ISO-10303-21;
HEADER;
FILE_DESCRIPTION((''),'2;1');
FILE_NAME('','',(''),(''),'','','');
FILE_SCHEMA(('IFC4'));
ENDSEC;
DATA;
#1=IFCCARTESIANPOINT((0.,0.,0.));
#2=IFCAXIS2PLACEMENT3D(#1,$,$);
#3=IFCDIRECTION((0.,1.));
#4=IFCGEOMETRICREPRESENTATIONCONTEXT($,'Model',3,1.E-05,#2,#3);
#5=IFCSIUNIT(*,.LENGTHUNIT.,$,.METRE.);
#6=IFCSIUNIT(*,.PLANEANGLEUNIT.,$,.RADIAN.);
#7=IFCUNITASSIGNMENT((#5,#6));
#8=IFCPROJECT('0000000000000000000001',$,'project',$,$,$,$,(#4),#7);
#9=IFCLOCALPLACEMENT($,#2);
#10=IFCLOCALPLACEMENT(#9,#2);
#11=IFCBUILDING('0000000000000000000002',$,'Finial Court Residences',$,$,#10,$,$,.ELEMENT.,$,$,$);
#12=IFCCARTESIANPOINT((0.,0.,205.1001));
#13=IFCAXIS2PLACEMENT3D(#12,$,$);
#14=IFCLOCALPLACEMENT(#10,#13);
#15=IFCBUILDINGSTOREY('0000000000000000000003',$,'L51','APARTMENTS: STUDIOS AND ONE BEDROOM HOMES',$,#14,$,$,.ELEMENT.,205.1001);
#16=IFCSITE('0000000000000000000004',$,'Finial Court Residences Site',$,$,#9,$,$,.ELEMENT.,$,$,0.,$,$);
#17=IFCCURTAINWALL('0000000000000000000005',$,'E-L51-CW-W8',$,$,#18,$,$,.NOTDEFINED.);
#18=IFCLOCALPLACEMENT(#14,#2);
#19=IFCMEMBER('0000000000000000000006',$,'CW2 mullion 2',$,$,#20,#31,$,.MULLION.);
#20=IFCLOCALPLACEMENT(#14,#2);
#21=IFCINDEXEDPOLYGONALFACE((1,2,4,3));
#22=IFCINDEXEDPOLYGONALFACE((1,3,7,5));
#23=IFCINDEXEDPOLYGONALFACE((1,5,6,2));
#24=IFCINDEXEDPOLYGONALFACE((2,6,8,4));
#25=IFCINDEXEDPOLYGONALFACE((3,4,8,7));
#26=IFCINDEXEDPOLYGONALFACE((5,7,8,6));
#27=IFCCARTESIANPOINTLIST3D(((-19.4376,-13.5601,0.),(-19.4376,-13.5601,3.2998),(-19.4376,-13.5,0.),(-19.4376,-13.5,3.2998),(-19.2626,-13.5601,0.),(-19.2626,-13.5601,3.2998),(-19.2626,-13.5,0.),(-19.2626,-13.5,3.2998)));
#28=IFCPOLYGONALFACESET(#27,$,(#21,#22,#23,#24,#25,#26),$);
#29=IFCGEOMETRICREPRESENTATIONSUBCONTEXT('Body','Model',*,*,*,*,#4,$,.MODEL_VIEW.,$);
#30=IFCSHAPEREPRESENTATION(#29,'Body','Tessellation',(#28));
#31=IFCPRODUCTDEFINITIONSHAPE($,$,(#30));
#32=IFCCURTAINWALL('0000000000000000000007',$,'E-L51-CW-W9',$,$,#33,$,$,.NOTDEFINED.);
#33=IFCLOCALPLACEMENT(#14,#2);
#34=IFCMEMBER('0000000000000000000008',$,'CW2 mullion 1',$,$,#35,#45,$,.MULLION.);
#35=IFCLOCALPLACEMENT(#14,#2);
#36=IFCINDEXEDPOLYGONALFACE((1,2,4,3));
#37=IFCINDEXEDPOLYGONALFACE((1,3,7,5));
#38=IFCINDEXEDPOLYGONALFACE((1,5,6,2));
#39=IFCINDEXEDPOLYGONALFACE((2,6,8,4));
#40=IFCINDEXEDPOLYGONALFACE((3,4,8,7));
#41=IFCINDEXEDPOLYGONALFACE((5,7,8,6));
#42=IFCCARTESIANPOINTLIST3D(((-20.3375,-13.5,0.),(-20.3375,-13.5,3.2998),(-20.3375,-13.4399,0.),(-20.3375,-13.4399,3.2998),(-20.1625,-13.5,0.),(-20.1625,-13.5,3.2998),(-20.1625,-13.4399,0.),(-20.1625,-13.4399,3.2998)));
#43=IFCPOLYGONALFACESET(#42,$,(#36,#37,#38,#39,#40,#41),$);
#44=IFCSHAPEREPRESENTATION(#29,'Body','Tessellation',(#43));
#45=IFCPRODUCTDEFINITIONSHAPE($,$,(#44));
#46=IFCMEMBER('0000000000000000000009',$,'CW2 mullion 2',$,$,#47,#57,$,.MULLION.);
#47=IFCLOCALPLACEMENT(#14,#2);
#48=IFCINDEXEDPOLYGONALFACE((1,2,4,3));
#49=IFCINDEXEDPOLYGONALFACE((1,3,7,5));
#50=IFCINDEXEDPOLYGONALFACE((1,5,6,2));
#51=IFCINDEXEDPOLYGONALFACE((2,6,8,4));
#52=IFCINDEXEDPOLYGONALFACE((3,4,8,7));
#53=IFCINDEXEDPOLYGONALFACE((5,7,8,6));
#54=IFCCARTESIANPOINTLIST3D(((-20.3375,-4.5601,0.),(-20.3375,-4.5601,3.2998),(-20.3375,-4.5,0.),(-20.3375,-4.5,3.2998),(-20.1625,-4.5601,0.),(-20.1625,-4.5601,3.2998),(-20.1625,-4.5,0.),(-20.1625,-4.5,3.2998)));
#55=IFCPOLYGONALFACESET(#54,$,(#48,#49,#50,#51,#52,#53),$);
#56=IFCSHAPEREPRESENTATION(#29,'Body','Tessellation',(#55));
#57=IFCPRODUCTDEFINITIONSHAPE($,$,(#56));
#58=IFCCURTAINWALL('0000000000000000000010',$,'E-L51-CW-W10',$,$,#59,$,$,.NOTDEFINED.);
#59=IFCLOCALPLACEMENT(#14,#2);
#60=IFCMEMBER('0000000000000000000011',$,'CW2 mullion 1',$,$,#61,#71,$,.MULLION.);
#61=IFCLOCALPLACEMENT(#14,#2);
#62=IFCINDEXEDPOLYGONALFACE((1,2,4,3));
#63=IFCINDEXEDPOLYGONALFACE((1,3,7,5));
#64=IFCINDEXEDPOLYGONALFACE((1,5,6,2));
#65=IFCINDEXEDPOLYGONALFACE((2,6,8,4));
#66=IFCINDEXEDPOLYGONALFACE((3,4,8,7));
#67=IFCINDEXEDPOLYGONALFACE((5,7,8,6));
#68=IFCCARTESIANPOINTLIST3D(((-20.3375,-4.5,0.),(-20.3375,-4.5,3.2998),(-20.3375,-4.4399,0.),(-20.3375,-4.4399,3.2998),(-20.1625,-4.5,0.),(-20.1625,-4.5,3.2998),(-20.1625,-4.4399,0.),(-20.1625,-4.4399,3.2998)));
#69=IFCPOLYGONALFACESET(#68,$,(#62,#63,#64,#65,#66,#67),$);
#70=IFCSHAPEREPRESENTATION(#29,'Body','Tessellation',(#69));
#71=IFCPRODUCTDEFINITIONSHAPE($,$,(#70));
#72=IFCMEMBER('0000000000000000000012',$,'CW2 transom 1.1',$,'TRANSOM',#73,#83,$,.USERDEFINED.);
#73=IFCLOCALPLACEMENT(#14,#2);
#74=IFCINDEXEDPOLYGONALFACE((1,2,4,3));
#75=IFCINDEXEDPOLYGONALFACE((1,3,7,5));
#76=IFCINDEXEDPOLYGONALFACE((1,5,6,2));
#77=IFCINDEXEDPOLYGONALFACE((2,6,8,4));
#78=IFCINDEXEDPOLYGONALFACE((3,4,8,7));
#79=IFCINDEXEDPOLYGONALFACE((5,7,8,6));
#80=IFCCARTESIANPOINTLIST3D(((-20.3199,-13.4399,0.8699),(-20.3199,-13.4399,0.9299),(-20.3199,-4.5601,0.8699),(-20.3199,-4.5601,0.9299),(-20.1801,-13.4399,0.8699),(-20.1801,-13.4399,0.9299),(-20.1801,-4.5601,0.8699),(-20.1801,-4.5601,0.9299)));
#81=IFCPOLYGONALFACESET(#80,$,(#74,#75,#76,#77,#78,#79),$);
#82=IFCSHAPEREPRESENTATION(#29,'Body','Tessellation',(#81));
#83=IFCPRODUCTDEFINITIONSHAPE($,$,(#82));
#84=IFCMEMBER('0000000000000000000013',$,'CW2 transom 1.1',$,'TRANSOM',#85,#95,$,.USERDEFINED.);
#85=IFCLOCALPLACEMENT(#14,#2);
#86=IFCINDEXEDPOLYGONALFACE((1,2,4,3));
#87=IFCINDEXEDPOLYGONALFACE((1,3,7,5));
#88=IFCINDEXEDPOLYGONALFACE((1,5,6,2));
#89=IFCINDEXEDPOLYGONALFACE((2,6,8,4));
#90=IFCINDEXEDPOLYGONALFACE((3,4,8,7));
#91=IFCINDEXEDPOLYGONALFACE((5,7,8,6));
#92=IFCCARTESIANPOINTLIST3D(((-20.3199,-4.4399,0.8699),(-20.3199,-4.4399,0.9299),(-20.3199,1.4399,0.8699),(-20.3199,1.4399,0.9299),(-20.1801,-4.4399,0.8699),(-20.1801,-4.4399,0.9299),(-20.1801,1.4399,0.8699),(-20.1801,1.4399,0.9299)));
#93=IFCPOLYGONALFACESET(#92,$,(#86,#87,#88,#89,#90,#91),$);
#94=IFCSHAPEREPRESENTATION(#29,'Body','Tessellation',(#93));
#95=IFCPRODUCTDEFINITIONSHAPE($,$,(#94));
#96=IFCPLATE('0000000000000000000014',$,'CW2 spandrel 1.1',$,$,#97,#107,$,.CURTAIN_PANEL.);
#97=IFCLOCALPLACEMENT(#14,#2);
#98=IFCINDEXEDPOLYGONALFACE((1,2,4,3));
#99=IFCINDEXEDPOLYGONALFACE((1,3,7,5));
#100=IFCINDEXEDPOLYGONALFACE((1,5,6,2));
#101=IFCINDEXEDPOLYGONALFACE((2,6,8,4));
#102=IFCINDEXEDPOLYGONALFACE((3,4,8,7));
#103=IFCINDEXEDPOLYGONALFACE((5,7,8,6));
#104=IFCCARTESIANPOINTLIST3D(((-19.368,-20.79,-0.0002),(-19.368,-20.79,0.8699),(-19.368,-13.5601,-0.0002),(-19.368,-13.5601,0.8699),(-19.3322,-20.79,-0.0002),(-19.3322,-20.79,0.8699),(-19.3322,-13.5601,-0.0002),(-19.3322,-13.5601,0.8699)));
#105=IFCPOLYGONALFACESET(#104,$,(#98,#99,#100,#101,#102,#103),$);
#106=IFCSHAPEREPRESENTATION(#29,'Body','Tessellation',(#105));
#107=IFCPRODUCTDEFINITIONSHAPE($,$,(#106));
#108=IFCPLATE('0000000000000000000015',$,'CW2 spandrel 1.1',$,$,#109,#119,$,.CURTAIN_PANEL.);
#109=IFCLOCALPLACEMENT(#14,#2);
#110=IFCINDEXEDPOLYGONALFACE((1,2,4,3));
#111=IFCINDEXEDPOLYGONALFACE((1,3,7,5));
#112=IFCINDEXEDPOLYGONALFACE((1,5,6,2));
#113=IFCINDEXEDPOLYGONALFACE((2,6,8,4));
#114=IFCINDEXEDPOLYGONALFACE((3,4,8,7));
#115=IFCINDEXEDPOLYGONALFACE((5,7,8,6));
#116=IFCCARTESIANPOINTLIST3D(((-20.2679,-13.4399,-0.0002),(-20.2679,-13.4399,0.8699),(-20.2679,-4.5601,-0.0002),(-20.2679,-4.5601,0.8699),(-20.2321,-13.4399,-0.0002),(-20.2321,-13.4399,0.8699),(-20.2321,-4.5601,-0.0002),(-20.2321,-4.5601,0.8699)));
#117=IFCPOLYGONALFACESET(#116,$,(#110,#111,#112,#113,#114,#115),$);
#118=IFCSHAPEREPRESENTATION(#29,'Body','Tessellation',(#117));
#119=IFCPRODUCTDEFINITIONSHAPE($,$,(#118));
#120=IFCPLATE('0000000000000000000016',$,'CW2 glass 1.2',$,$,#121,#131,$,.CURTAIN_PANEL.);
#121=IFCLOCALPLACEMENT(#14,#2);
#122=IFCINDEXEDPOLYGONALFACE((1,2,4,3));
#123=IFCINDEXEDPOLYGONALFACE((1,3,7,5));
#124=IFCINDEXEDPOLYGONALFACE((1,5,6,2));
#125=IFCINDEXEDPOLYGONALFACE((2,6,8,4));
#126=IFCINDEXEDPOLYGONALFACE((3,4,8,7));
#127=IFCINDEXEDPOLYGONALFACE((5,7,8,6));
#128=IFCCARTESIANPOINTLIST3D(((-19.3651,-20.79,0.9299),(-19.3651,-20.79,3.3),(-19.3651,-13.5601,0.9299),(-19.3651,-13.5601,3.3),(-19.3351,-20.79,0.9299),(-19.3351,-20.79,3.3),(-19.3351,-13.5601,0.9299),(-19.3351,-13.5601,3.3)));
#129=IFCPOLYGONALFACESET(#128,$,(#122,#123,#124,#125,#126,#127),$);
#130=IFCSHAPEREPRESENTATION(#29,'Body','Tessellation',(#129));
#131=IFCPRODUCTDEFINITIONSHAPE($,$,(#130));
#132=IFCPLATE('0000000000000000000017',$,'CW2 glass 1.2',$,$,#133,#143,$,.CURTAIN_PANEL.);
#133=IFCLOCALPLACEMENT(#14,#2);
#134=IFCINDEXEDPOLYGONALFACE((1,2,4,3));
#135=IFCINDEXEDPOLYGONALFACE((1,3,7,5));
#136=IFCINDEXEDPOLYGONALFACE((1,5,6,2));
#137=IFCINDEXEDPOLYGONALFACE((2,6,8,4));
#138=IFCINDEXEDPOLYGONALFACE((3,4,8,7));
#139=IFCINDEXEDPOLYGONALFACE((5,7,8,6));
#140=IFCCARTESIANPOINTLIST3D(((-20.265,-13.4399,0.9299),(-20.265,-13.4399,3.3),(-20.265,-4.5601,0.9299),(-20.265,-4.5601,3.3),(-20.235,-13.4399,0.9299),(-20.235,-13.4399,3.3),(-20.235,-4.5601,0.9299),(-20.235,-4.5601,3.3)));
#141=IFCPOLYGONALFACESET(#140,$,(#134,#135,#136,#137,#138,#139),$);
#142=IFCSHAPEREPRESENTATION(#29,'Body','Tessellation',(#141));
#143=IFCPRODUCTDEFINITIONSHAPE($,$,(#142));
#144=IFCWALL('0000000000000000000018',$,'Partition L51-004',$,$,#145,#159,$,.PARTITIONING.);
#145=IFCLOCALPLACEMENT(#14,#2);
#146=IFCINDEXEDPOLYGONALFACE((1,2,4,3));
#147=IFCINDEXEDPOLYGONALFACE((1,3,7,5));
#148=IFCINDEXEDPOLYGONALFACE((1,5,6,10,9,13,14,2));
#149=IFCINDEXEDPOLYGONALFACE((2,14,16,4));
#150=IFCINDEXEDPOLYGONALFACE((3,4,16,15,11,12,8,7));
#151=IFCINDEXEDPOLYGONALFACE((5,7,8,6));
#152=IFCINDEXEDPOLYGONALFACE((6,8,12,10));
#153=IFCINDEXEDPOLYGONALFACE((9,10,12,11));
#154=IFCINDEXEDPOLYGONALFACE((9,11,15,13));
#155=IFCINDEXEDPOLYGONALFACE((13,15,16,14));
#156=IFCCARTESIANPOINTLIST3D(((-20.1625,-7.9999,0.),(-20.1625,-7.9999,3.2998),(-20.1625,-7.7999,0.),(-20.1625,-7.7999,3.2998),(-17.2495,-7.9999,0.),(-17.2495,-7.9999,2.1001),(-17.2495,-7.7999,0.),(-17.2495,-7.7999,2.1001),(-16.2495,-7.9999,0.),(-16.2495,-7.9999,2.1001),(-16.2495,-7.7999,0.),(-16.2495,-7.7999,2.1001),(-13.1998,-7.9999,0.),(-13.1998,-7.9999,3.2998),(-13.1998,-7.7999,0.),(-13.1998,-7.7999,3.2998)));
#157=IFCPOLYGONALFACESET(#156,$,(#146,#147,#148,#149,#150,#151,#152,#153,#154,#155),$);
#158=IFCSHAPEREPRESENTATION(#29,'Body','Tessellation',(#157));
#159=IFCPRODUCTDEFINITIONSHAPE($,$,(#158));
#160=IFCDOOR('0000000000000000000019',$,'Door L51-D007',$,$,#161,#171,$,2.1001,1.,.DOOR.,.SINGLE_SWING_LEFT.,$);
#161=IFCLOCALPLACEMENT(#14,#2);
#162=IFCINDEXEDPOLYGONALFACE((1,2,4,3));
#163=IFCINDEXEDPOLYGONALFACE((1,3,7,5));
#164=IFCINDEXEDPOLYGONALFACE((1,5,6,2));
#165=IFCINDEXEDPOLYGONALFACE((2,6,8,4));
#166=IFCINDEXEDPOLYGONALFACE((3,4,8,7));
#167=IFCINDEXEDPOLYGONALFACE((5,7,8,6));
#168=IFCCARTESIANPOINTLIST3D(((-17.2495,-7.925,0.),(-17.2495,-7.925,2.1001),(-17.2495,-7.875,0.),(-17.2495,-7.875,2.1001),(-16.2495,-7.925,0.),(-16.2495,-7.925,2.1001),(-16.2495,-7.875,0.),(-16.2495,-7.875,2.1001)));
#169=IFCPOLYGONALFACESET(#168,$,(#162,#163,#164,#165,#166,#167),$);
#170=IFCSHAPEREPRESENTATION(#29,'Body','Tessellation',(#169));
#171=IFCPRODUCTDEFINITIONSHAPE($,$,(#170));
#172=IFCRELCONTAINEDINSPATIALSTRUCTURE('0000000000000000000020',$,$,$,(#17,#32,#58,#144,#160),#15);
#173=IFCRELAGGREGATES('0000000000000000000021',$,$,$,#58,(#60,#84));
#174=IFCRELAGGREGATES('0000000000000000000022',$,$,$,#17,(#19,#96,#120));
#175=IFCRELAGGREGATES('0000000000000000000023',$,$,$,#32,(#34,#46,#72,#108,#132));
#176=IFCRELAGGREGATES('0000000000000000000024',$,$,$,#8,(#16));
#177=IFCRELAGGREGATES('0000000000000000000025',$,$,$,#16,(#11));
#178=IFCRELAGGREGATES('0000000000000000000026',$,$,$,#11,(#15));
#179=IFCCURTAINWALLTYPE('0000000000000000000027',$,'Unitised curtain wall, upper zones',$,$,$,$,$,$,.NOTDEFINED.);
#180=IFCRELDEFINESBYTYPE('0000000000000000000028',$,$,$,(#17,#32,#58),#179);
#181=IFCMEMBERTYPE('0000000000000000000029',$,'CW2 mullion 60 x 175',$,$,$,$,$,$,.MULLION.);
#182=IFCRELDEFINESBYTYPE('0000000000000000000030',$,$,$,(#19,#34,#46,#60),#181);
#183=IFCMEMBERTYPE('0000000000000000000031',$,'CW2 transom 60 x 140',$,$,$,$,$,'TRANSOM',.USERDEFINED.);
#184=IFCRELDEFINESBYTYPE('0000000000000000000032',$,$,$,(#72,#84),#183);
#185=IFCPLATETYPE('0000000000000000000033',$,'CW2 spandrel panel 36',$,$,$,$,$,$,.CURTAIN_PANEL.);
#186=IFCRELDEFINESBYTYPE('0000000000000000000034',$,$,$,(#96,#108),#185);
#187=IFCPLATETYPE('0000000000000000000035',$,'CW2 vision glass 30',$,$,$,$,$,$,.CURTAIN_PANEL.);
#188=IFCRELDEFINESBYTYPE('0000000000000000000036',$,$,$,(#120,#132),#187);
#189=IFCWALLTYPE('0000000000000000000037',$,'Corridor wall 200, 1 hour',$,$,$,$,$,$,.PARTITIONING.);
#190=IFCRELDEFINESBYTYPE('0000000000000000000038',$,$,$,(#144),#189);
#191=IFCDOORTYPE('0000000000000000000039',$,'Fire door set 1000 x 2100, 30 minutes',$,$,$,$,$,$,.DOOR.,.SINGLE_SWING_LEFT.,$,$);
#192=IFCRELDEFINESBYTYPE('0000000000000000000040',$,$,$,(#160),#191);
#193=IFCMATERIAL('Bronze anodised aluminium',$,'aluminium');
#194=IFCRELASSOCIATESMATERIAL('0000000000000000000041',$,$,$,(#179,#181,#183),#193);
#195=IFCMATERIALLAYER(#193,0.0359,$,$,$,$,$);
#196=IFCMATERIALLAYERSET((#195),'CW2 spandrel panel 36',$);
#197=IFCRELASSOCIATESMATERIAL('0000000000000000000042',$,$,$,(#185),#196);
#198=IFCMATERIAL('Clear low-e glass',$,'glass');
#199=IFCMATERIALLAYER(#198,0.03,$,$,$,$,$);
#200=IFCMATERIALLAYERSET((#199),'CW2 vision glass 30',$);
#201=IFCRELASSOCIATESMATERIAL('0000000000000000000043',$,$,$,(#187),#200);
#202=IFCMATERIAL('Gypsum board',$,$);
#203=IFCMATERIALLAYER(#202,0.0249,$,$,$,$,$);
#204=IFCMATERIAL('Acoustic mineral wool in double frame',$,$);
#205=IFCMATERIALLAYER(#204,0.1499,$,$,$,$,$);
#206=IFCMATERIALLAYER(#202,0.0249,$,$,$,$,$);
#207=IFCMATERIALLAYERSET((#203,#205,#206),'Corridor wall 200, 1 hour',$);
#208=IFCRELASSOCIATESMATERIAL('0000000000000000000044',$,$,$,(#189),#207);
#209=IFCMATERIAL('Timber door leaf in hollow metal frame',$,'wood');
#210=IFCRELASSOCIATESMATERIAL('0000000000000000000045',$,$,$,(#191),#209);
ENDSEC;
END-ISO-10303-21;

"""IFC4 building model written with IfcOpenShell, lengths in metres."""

from ifc_helpers import new_model, si_unit, direction, frame, frame_2d, origin, origin_2d, place, context, subcontext, project, spatial, rectangle, extrude, material, layer, layer_set, material_profile, profile_set, type_object, element, fill, aggregate, save


model = new_model("IFC4")

# Units and contexts
model_context = context("Model", 3, precision=1e-05, world=origin(), true_north=direction((0.0, 1.0)))
body_context = subcontext(model_context, "Body", "Model", "MODEL_VIEW")
ifc_project = project(units=[si_unit("LENGTHUNIT", "METRE"), si_unit("PLANEANGLEUNIT", "RADIAN")], contexts=[model_context])

# Site, building, storey
site_placement = place(None, origin())
site = spatial("IfcSite", under=ifc_project, at=site_placement, Name="Finial Court Residences Site", CompositionType="ELEMENT", RefElevation=0.0)
building_placement = place(site_placement, origin())
building = spatial("IfcBuilding", under=site, at=building_placement, Name="Finial Court Residences", CompositionType="ELEMENT")
storey_placement = place(building_placement, frame((0.0, 0.0, 205.1001)))
storey = spatial("IfcBuildingStorey", under=building, at=storey_placement, Name="L51", Description="APARTMENTS: STUDIOS AND ONE BEDROOM HOMES", CompositionType="ELEMENT", Elevation=205.1001)

# Curtain wall, member
ifc_material_1 = material(Name="Bronze anodised aluminium", Category="aluminium")
curtain_wall_type = type_object("IfcCurtainWallType", Name="Unitised curtain wall, upper zones", PredefinedType="NOTDEFINED", material=ifc_material_1)
curtain_wall_1_placement = place(storey_placement, origin())
curtain_wall_1 = element("IfcCurtainWall", 1, at=curtain_wall_1_placement, inside=storey, type_object=curtain_wall_type, Name="E-L51-CW-W8", PredefinedType="NOTDEFINED")
ifc_material_profile_1 = material_profile(ifc_material_1, rectangle(XDim=0.175, YDim=0.0601, at=origin_2d()), Name="CW2 mullion 60 x 175")
ifc_profile_set_1 = profile_set([ifc_material_profile_1], Name="Bronze anodised aluminium")
member_type_1 = type_object("IfcMemberType", Name="CW2 mullion 60 x 175", PredefinedType="MULLION", material=ifc_profile_set_1)
member_1_placement = place(storey_placement, frame((-19.3501, -13.53, 0.0), z_axis=(0.0, 0.0, 1.0), x_axis=(-1.0, 0.0, 0.0)))
member_1 = element("IfcMember", 2, at=member_1_placement, type_object=member_type_1, Name="CW2 mullion 2", PredefinedType="MULLION", context=body_context, shape_type="SweptSolid", body=[
    extrude(rectangle(XDim=0.175, YDim=0.0601, at=origin_2d()), origin(), (0.0, 0.0, 1.0), 3.2998),
])

# Curtain wall, members
curtain_wall_2_placement = place(storey_placement, origin())
curtain_wall_2 = element("IfcCurtainWall", 3, at=curtain_wall_2_placement, inside=storey, type_object=curtain_wall_type, Name="E-L51-CW-W9", PredefinedType="NOTDEFINED")
member_2_placement = place(storey_placement, frame((-20.25, -13.47, 0.0), z_axis=(0.0, 0.0, 1.0), x_axis=(-1.0, 0.0, 0.0)))
member_2 = element("IfcMember", 4, at=member_2_placement, type_object=member_type_1, Name="CW2 mullion 1", PredefinedType="MULLION", context=body_context, shape_type="SweptSolid", body=[
    extrude(rectangle(XDim=0.175, YDim=0.0601, at=origin_2d()), origin(), (0.0, 0.0, 1.0), 3.2998),
])
member_3_placement = place(storey_placement, frame((-20.25, -4.53, 0.0), z_axis=(0.0, 0.0, 1.0), x_axis=(-1.0, 0.0, 0.0)))
member_3 = element("IfcMember", 5, at=member_3_placement, type_object=member_type_1, Name="CW2 mullion 2", PredefinedType="MULLION", context=body_context, shape_type="SweptSolid", body=[
    extrude(rectangle(XDim=0.175, YDim=0.0601, at=origin_2d()), origin(), (0.0, 0.0, 1.0), 3.2998),
])

# Curtain wall, member
curtain_wall_3_placement = place(storey_placement, origin())
curtain_wall_3 = element("IfcCurtainWall", 6, at=curtain_wall_3_placement, inside=storey, type_object=curtain_wall_type, Name="E-L51-CW-W10", PredefinedType="NOTDEFINED")
member_4_placement = place(storey_placement, frame((-20.25, -4.47, 0.0), z_axis=(0.0, 0.0, 1.0), x_axis=(-1.0, 0.0, 0.0)))
member_4 = element("IfcMember", 7, at=member_4_placement, type_object=member_type_1, Name="CW2 mullion 1", PredefinedType="MULLION", context=body_context, shape_type="SweptSolid", body=[
    extrude(rectangle(XDim=0.175, YDim=0.0601, at=origin_2d()), origin(), (0.0, 0.0, 1.0), 3.2998),
])

# Members
ifc_material_profile_2 = material_profile(ifc_material_1, rectangle(XDim=0.1399, YDim=0.0601, at=origin_2d()), Name="CW2 transom 60 x 140")
ifc_profile_set_2 = profile_set([ifc_material_profile_2], Name="Bronze anodised aluminium")
member_type_2 = type_object("IfcMemberType", Name="CW2 transom 60 x 140", ElementType="TRANSOM", PredefinedType="USERDEFINED", material=ifc_profile_set_2)
member_5_placement = place(storey_placement, frame((-20.25, -13.4399, 0.8999), z_axis=(0.0, 1.0, 0.0), x_axis=(-1.0, 0.0, 0.0)))
member_5 = element("IfcMember", 8, at=member_5_placement, type_object=member_type_2, Name="CW2 transom 1.1", ObjectType="TRANSOM", PredefinedType="USERDEFINED", context=body_context, shape_type="SweptSolid", body=[
    extrude(rectangle(XDim=0.1399, YDim=0.0601, at=origin_2d()), origin(), (0.0, 0.0, 1.0), 8.8799),
])
member_6_placement = place(storey_placement, frame((-20.25, -4.4399, 0.8999), z_axis=(0.0, 1.0, 0.0), x_axis=(-1.0, 0.0, 0.0)))
member_6 = element("IfcMember", 9, at=member_6_placement, type_object=member_type_2, Name="CW2 transom 1.1", ObjectType="TRANSOM", PredefinedType="USERDEFINED", context=body_context, shape_type="SweptSolid", body=[
    extrude(rectangle(XDim=0.1399, YDim=0.0601, at=origin_2d()), origin(), (0.0, 0.0, 1.0), 5.8799),
])
aggregate(curtain_wall_3, [member_4, member_6])

# Plates
ifc_layer_1 = layer(ifc_material_1, 0.0359)
ifc_layer_set_1 = layer_set([ifc_layer_1], Name="CW2 spandrel panel 36")
plate_type_1 = type_object("IfcPlateType", Name="CW2 spandrel panel 36", PredefinedType="CURTAIN_PANEL", material=ifc_layer_set_1)
plate_1_placement = place(storey_placement, frame((-19.3501, -17.175, -0.0002), z_axis=(0.0, 0.0, 1.0), x_axis=(0.0, 1.0, 0.0)))
plate_1 = element("IfcPlate", 10, at=plate_1_placement, type_object=plate_type_1, Name="CW2 spandrel 1.1", PredefinedType="CURTAIN_PANEL", context=body_context, shape_type="SweptSolid", body=[
    extrude(rectangle(XDim=7.23, YDim=0.0359, at=origin_2d()), origin(), (0.0, 0.0, 1.0), 0.8701),
])
plate_2_placement = place(storey_placement, frame((-20.25, -9.0, -0.0002), z_axis=(0.0, 0.0, 1.0), x_axis=(0.0, 1.0, 0.0)))
plate_2 = element("IfcPlate", 11, at=plate_2_placement, type_object=plate_type_1, Name="CW2 spandrel 1.1", PredefinedType="CURTAIN_PANEL", context=body_context, shape_type="SweptSolid", body=[
    extrude(rectangle(XDim=8.8799, YDim=0.0359, at=origin_2d()), origin(), (0.0, 0.0, 1.0), 0.8701),
])
ifc_material_2 = material(Name="Clear low-e glass", Category="glass")
ifc_layer_2 = layer(ifc_material_2, 0.03)
ifc_layer_set_2 = layer_set([ifc_layer_2], Name="CW2 vision glass 30")
plate_type_2 = type_object("IfcPlateType", Name="CW2 vision glass 30", PredefinedType="CURTAIN_PANEL", material=ifc_layer_set_2)
plate_3_placement = place(storey_placement, frame((-19.3501, -17.175, 0.9299), z_axis=(0.0, 0.0, 1.0), x_axis=(0.0, 1.0, 0.0)))
plate_3 = element("IfcPlate", 12, at=plate_3_placement, type_object=plate_type_2, Name="CW2 glass 1.2", PredefinedType="CURTAIN_PANEL", context=body_context, shape_type="SweptSolid", body=[
    extrude(rectangle(XDim=7.23, YDim=0.03, at=origin_2d()), origin(), (0.0, 0.0, 1.0), 2.3701),
])
aggregate(curtain_wall_1, [member_1, plate_1, plate_3])
plate_4_placement = place(storey_placement, frame((-20.25, -9.0, 0.9299), z_axis=(0.0, 0.0, 1.0), x_axis=(0.0, 1.0, 0.0)))
plate_4 = element("IfcPlate", 13, at=plate_4_placement, type_object=plate_type_2, Name="CW2 glass 1.2", PredefinedType="CURTAIN_PANEL", context=body_context, shape_type="SweptSolid", body=[
    extrude(rectangle(XDim=8.8799, YDim=0.03, at=origin_2d()), origin(), (0.0, 0.0, 1.0), 2.3701),
])
aggregate(curtain_wall_2, [member_2, member_3, member_5, plate_2, plate_4])

# Wall, opening, door
ifc_material_3 = material(Name="Gypsum board")
ifc_layer_3 = layer(ifc_material_3, 0.0249)
ifc_material_4 = material(Name="Acoustic mineral wool in double frame")
ifc_layer_4 = layer(ifc_material_4, 0.1499)
ifc_layer_5 = layer(ifc_material_3, 0.0249)
ifc_layer_set_3 = layer_set([ifc_layer_3, ifc_layer_4, ifc_layer_5], Name="Corridor wall 200, 1 hour")
wall_type_1 = type_object("IfcWallType", Name="Corridor wall 200, 1 hour", PredefinedType="PARTITIONING", material=ifc_layer_set_3)
wall_1_placement = place(storey_placement, frame((-20.1626, -7.8999, 0.0), z_axis=(0.0, 0.0, 1.0), x_axis=(1.0, 0.0, 0.0)))
wall_1 = element("IfcWall", 14, at=wall_1_placement, inside=storey, type_object=wall_type_1, Name="Partition L51-004", PredefinedType="PARTITIONING", context=body_context, shape_type="SweptSolid", body=[
    extrude(rectangle(XDim=6.9626, YDim=0.2, at=frame_2d((3.4814, 0.0))), origin(), (0.0, 0.0, 1.0), 3.2998),
])
opening_1_placement = place(wall_1_placement, frame((2.9131, 0.0, 0.0)))
opening_1 = element("IfcOpeningElement", 15, at=opening_1_placement, cuts=wall_1, PredefinedType="OPENING", context=body_context, shape_type="SweptSolid", body=[
    extrude(rectangle(XDim=1.0, YDim=2.1001, at=frame_2d((0.5, 1.05))), frame((0.0, 0.1099, 0.0), z_axis=(0.0, -1.0, 0.0), x_axis=(1.0, 0.0, 0.0)), (0.0, 0.0, 1.0), 0.22),
])
ifc_material_5 = material(Name="Timber door leaf in hollow metal frame", Category="wood")
door_type_1 = type_object("IfcDoorType", Name="Fire door set 1000 x 2100, 30 minutes", OperationType="SINGLE_SWING_LEFT", PredefinedType="DOOR", material=ifc_material_5)
door_1_placement = place(opening_1_placement, origin())
door_1 = element("IfcDoor", 16, at=door_1_placement, inside=storey, type_object=door_type_1, Name="Door L51-D007", OperationType="SINGLE_SWING_LEFT", OverallHeight=2.1001, OverallWidth=1.0, PredefinedType="DOOR", context=body_context, shape_type="SweptSolid", body=[
    extrude(rectangle(XDim=1.0, YDim=2.1001, at=frame_2d((0.5, 1.05))), frame((0.0, 0.0249, 0.0), z_axis=(0.0, -1.0, 0.0), x_axis=(1.0, 0.0, 0.0)), (0.0, 0.0, 1.0), 0.05),
])
fill(opening_1, door_1)

save(model, "model.ifc")
